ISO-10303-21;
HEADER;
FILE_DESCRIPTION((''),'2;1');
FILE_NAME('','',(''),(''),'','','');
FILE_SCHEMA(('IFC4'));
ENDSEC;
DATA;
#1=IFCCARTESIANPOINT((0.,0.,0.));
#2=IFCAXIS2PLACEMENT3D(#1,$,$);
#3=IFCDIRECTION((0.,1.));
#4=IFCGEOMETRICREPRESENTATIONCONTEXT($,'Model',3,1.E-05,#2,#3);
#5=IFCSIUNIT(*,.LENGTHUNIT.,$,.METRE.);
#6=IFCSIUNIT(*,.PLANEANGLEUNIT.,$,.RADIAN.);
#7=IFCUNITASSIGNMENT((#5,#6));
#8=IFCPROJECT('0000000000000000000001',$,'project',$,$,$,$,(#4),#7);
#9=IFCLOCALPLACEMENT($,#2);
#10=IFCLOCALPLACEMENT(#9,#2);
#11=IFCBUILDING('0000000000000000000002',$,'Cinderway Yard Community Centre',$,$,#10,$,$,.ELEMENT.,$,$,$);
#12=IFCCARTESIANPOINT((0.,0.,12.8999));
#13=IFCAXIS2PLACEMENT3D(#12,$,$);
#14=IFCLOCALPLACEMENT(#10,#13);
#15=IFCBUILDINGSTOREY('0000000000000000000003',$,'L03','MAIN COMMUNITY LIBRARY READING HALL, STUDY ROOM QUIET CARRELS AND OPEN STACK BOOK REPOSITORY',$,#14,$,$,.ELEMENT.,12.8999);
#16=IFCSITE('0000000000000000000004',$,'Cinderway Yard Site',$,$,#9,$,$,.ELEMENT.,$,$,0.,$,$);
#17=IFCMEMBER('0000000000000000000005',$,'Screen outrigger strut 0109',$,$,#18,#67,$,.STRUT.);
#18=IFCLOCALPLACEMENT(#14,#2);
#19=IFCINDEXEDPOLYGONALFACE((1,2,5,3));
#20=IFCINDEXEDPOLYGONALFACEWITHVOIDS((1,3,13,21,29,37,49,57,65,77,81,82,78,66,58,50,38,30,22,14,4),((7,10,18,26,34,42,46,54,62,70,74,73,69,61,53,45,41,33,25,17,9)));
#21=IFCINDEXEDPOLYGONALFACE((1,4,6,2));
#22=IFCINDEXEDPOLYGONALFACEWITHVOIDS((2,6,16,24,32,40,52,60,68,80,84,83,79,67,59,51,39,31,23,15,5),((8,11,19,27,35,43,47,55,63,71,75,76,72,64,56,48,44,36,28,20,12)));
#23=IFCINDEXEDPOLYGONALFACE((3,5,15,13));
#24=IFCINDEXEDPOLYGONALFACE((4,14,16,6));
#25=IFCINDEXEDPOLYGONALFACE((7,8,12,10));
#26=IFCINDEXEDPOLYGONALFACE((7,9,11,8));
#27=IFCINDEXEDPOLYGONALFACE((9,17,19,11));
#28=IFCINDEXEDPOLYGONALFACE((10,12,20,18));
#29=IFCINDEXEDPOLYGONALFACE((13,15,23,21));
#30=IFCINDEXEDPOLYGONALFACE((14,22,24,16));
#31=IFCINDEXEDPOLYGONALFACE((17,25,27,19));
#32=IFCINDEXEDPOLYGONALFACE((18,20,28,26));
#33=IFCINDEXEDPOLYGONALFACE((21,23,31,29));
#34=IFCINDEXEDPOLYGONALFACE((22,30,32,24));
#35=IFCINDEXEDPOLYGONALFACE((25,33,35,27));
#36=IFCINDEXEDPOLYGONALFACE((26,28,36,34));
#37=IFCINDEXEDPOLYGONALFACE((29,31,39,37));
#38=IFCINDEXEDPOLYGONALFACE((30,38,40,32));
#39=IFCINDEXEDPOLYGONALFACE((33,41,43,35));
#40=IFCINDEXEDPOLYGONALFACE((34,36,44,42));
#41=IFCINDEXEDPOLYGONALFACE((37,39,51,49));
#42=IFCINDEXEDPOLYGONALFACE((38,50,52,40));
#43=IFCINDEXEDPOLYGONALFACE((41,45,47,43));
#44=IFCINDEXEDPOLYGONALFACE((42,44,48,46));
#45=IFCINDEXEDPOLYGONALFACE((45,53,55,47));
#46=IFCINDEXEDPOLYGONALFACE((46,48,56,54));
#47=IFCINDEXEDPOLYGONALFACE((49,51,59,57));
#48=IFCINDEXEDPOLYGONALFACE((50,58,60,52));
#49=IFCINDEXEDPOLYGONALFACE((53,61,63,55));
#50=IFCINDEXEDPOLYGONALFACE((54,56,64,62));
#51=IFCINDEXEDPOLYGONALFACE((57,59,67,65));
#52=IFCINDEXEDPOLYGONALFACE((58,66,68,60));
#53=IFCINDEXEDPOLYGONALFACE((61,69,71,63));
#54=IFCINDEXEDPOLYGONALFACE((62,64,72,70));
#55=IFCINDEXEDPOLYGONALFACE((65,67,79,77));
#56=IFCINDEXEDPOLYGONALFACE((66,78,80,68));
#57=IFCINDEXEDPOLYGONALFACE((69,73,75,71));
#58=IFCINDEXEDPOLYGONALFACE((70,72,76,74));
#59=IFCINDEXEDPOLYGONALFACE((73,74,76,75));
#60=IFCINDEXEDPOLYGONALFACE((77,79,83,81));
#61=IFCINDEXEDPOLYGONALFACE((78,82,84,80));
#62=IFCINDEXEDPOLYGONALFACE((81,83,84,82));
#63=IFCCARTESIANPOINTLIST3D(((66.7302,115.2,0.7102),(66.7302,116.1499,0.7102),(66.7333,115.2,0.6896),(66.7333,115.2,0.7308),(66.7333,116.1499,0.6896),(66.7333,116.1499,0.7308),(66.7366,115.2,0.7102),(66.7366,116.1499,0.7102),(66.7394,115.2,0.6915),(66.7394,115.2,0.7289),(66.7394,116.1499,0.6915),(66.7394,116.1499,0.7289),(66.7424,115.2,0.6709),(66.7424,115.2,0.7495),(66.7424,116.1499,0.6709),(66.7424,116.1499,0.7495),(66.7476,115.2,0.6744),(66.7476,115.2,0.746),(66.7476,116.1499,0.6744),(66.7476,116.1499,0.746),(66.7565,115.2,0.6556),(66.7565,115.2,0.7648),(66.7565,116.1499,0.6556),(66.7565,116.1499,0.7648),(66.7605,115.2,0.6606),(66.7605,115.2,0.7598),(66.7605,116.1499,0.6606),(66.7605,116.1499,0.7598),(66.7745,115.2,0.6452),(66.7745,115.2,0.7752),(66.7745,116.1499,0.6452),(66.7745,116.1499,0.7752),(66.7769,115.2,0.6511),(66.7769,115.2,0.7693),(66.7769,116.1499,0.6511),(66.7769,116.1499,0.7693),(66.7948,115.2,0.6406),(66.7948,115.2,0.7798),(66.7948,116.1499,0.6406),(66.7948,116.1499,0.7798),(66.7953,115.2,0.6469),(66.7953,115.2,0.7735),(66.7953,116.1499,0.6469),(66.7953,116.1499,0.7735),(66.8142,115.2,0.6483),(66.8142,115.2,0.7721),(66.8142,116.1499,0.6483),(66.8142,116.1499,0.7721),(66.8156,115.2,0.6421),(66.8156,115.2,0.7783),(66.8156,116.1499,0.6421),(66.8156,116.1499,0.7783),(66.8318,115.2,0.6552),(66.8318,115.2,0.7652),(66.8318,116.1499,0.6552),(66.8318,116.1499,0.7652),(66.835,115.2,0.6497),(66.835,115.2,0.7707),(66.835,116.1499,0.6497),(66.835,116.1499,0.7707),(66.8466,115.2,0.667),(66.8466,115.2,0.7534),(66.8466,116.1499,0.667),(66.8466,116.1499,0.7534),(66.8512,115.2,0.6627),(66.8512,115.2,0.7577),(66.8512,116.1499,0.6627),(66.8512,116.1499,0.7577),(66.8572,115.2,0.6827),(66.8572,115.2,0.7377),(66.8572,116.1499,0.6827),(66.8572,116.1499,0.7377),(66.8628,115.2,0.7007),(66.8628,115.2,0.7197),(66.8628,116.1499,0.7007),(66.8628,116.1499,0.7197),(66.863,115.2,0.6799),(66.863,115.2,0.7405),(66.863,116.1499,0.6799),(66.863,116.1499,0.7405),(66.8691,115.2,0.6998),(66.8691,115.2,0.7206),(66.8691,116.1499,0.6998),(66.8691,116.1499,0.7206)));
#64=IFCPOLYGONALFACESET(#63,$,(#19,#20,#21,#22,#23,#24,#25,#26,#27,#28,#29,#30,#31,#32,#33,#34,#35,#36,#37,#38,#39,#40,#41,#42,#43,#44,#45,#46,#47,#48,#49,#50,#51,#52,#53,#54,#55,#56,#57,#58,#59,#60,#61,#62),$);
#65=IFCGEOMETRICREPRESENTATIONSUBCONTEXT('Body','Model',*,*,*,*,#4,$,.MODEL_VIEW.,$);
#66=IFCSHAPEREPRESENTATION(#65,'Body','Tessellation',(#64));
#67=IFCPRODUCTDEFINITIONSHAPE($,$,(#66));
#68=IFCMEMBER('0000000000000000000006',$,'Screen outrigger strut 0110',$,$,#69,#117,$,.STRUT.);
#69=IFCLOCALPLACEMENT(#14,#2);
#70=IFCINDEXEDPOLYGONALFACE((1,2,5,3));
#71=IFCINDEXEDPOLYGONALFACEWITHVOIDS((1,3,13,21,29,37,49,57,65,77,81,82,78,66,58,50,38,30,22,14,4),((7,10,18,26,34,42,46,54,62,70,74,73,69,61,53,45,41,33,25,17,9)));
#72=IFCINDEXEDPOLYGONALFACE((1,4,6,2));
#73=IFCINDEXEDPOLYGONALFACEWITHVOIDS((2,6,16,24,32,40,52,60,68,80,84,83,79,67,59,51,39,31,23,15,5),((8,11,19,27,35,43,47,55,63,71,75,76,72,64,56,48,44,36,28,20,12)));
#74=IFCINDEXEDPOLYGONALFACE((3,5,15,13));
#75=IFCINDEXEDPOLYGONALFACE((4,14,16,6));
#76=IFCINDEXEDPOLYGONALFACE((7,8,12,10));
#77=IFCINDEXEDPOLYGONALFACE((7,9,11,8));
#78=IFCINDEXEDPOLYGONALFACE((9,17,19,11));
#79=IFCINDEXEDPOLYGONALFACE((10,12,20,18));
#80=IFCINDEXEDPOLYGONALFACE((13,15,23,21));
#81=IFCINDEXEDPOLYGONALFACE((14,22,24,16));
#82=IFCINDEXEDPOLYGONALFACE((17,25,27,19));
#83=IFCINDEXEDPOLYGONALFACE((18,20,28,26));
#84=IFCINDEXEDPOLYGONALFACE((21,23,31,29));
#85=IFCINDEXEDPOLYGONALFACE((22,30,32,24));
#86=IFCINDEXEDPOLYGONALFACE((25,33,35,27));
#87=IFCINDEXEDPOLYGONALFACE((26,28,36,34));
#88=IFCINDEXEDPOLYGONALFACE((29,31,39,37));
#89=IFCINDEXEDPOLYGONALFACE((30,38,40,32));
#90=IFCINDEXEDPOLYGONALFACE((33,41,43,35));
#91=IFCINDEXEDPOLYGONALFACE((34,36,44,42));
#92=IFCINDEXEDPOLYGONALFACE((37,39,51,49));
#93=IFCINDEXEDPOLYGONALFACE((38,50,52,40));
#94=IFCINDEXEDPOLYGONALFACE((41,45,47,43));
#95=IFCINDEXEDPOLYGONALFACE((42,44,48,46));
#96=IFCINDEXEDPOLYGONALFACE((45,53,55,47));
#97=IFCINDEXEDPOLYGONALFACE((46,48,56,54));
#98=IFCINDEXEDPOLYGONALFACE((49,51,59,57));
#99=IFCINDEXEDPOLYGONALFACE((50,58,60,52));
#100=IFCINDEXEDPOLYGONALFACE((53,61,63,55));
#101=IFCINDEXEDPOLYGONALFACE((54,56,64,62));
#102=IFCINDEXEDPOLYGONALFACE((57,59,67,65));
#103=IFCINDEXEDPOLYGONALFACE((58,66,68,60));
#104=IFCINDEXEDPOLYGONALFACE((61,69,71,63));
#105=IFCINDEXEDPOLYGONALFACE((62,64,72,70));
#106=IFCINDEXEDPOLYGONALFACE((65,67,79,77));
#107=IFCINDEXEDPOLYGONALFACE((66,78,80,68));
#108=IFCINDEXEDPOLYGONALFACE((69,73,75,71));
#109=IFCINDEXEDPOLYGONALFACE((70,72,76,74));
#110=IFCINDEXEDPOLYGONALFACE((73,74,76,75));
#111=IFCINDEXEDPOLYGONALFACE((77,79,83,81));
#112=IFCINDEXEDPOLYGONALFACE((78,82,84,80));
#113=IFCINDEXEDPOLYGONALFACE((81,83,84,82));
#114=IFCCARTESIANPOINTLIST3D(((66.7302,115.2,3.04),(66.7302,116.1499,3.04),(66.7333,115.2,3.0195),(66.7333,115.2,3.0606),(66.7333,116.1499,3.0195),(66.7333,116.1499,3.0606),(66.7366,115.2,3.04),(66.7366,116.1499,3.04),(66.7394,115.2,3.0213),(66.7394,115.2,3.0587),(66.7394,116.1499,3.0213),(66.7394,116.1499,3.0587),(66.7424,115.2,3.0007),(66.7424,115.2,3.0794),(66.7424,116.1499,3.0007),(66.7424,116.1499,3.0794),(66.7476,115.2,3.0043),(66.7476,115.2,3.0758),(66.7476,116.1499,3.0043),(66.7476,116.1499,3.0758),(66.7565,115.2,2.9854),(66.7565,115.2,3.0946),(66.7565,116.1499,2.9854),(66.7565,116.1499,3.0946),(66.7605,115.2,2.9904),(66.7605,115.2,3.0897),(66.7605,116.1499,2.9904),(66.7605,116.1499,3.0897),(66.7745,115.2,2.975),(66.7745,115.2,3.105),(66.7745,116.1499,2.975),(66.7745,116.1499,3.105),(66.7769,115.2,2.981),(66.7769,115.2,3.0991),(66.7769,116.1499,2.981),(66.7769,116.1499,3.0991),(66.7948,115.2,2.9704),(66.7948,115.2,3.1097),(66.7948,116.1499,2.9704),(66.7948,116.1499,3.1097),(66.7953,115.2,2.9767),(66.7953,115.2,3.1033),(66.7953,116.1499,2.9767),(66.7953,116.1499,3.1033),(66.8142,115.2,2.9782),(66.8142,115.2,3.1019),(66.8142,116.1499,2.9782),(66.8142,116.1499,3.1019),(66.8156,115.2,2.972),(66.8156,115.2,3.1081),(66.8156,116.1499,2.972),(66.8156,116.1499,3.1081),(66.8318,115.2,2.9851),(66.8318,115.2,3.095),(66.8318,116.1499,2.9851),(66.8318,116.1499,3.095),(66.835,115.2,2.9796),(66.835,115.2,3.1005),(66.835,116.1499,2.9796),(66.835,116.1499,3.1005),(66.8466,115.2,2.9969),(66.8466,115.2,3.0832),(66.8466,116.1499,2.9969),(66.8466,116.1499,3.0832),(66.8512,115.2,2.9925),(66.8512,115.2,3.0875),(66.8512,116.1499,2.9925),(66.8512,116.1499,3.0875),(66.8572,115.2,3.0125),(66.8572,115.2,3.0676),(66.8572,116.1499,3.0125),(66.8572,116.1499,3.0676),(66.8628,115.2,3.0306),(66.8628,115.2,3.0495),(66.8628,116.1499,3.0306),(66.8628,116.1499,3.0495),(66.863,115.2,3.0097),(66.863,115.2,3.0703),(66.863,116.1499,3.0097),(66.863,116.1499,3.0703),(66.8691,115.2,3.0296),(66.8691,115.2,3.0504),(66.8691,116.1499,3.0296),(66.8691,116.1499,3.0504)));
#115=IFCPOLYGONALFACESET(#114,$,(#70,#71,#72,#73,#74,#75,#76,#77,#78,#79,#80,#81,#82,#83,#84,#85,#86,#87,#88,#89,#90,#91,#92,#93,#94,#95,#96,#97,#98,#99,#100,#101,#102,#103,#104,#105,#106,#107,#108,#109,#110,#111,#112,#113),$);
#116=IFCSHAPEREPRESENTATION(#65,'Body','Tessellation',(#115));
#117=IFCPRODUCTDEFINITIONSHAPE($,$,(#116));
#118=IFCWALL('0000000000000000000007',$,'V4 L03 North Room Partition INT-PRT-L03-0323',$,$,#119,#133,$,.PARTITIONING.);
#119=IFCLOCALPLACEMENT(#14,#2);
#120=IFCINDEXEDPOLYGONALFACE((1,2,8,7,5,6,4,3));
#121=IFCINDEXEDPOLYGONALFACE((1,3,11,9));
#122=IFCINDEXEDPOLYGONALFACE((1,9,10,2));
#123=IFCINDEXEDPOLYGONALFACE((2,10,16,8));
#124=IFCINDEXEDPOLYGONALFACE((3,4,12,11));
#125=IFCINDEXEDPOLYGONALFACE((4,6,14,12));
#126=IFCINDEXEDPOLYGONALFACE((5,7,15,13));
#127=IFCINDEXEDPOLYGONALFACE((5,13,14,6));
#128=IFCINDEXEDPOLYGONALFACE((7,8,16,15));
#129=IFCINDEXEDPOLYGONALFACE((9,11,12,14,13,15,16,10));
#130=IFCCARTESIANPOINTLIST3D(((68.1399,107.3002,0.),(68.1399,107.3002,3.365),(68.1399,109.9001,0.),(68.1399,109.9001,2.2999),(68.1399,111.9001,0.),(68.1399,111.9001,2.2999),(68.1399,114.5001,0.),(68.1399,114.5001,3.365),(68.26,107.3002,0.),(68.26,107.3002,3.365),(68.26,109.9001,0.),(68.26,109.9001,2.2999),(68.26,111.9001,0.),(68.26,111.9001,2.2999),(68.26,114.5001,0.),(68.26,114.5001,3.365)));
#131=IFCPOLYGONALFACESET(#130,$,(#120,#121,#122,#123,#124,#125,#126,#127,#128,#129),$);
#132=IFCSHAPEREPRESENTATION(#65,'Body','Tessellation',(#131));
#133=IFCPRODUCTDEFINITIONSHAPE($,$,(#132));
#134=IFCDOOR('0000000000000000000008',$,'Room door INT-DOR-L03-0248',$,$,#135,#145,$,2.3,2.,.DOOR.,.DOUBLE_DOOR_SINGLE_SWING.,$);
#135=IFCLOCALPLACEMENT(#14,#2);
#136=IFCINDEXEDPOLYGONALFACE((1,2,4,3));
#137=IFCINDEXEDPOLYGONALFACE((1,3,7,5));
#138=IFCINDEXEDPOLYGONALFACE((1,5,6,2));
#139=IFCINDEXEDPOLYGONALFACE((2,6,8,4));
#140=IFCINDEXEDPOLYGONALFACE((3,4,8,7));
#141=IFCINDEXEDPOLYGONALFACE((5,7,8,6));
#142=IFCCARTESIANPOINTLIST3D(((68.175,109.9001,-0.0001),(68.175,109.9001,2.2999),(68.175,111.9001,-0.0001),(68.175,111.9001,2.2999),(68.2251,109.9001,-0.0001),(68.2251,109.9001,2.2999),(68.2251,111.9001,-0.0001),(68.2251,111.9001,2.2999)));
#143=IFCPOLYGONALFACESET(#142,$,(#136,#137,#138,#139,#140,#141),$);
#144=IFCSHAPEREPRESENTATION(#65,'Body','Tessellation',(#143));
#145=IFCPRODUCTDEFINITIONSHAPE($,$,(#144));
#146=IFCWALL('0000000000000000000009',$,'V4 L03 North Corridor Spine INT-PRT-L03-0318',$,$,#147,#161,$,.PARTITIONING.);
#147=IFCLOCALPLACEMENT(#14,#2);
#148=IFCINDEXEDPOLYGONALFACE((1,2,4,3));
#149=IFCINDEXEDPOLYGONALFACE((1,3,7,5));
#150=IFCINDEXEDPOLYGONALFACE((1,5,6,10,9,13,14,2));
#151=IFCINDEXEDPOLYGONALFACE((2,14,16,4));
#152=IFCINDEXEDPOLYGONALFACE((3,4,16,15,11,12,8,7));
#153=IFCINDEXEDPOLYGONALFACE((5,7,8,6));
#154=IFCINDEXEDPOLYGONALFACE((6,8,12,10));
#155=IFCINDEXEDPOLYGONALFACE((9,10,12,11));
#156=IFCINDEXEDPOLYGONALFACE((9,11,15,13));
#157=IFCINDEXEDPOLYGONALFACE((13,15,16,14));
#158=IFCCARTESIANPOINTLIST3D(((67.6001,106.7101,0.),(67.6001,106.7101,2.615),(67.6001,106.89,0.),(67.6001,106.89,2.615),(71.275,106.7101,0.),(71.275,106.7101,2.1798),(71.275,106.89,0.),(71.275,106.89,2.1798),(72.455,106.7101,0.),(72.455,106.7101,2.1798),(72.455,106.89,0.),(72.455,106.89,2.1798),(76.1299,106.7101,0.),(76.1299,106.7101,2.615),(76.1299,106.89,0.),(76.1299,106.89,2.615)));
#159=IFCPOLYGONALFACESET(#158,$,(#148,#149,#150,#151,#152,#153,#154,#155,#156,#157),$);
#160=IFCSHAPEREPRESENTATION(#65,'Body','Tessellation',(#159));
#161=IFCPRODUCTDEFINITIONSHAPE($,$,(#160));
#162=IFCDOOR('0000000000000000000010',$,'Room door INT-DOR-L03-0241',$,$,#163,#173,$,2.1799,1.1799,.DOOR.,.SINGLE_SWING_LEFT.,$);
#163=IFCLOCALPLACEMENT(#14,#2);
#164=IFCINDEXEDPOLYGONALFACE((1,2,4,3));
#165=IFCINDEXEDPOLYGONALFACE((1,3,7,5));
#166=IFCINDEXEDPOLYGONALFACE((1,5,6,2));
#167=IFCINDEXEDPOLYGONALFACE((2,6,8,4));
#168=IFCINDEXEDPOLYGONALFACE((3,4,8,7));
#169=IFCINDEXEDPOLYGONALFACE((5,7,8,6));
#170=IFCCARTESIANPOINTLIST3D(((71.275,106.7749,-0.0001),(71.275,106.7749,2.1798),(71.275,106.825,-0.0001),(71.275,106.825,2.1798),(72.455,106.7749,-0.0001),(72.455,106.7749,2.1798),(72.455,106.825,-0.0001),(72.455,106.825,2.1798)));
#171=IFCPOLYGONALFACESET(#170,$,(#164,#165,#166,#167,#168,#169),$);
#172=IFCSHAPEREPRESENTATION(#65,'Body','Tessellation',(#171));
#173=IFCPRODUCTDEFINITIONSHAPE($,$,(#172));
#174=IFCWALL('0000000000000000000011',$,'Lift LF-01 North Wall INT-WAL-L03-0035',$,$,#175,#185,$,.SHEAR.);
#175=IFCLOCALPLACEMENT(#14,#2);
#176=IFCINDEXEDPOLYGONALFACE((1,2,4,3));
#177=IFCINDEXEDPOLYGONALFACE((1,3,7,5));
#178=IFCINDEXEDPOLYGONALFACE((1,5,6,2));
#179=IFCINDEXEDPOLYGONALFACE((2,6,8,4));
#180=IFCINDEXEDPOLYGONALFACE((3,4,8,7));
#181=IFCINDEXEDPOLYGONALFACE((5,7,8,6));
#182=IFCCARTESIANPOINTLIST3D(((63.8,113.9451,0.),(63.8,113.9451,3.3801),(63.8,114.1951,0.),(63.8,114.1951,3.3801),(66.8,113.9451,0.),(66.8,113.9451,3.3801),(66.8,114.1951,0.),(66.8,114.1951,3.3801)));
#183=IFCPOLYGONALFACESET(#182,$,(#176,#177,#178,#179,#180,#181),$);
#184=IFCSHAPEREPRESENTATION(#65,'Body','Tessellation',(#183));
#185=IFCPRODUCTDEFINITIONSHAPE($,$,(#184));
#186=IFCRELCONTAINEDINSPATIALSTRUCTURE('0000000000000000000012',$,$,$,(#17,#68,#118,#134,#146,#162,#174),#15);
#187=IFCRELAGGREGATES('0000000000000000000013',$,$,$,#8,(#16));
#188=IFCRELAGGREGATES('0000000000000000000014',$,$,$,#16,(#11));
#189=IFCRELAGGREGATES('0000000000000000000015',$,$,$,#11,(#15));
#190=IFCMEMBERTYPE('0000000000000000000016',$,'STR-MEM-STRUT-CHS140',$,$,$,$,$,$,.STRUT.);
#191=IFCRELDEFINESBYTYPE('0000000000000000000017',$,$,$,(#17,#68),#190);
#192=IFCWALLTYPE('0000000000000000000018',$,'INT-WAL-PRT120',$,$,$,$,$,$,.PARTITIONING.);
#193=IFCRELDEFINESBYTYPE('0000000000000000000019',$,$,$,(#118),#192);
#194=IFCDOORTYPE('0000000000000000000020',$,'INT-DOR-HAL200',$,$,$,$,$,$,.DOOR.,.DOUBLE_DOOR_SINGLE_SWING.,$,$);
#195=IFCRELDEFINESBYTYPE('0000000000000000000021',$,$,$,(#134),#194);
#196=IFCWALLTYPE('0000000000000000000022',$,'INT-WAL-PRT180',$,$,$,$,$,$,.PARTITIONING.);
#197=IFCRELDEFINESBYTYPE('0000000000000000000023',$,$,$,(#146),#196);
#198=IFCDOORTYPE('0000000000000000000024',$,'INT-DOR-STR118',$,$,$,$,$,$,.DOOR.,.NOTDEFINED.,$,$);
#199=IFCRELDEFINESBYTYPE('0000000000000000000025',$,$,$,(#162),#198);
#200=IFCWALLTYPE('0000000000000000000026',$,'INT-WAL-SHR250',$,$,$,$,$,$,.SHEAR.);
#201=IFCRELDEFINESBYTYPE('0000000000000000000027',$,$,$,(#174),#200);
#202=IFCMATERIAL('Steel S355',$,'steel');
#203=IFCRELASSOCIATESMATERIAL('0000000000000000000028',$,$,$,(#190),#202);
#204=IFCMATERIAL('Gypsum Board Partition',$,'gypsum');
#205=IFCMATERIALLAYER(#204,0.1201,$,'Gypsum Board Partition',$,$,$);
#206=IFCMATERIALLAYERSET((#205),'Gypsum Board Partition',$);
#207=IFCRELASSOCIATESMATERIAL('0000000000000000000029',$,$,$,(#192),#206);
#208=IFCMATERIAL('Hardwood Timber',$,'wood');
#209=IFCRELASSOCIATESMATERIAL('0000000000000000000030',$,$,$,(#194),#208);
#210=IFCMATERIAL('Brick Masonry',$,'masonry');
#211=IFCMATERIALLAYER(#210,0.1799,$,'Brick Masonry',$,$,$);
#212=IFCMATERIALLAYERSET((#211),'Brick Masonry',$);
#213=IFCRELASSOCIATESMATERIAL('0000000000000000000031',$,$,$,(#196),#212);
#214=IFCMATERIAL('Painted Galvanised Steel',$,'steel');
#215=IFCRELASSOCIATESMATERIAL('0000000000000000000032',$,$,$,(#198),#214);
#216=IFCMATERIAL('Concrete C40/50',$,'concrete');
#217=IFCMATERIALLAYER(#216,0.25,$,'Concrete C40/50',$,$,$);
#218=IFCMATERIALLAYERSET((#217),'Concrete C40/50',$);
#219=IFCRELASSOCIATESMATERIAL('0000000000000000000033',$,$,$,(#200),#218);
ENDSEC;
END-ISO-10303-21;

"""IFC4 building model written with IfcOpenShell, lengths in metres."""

from ifc_helpers import new_model, si_unit, direction, frame, frame_2d, origin, origin_2d, place, context, subcontext, project, spatial, rectangle, hollow_circle, extrude, material, layer, layer_set, material_profile, profile_set, type_object, element, fill, save


model = new_model("IFC4")

# Units and contexts
model_context = context("Model", 3, precision=1e-05, world=origin(), true_north=direction((0.0, 1.0)))
body_context = subcontext(model_context, "Body", "Model", "MODEL_VIEW")
ifc_project = project(units=[si_unit("LENGTHUNIT", "METRE"), si_unit("PLANEANGLEUNIT", "RADIAN")], contexts=[model_context])

# Site, building, storey
site_placement = place(None, origin())
site = spatial("IfcSite", under=ifc_project, at=site_placement, Name="Cinderway Yard Site", CompositionType="ELEMENT", RefElevation=0.0)
building_placement = place(site_placement, origin())
building = spatial("IfcBuilding", under=site, at=building_placement, Name="Cinderway Yard Community Centre", CompositionType="ELEMENT")
storey_placement = place(building_placement, frame((0.0, 0.0, 12.8999)))
storey = spatial("IfcBuildingStorey", under=building, at=storey_placement, Name="L03", Description="MAIN COMMUNITY LIBRARY READING HALL, STUDY ROOM QUIET CARRELS AND OPEN STACK BOOK REPOSITORY", CompositionType="ELEMENT", Elevation=12.8999)

# Shared definitions
ifc_material_1 = material(Name="Concrete C40/50", Category="concrete")

# Members
ifc_material_2 = material(Name="Steel S355", Category="steel")
ifc_material_profile_1 = material_profile(ifc_material_2, hollow_circle(Radius=0.0698, WallThickness=0.0063, at=origin_2d()), Name="Steel S355")
ifc_profile_set_1 = profile_set([ifc_material_profile_1], Name="Steel S355")
member_type_1 = type_object("IfcMemberType", Name="STR-MEM-STRUT-CHS140", PredefinedType="STRUT", material=ifc_profile_set_1)
for number, where, z_axis, x_axis, name in (
    (1, (66.8, 115.2, 0.7102), (0.0, 1.0, 0.0), (-1.0, 0.0, 0.0), "Screen outrigger strut 0109"),
    (2, (66.8, 115.2, 3.04), (0.0, 1.0, 0.0), (-1.0, 0.0, 0.0), "Screen outrigger strut 0110"),
):
    element("IfcMember", number, at=place(storey_placement, frame(where, z_axis=z_axis, x_axis=x_axis)), inside=storey, type_object=member_type_1, Name=name, PredefinedType="STRUT", context=body_context, shape_type="SweptSolid", body=[
        extrude(hollow_circle(Radius=0.0698, WallThickness=0.0063, at=origin_2d()), origin(), (0.0, 0.0, 1.0), 0.95),
    ])

# Walls, openings, doors
ifc_material_3 = material(Name="Gypsum Board Partition", Category="gypsum")
ifc_layer_1 = layer(ifc_material_3, 0.1201, Name="Gypsum Board Partition")
ifc_layer_set_1 = layer_set([ifc_layer_1], Name="Gypsum Board Partition")
wall_type_1 = type_object("IfcWallType", Name="INT-WAL-PRT120", PredefinedType="PARTITIONING", material=ifc_layer_set_1)
wall_1_placement = place(storey_placement, frame((68.2, 107.3, 0.0), z_axis=(0.0, 0.0, 1.0), x_axis=(0.0, 1.0, 0.0)))
wall_1 = element("IfcWall", 3, at=wall_1_placement, inside=storey, type_object=wall_type_1, Name="V4 L03 North Room Partition INT-PRT-L03-0323", PredefinedType="PARTITIONING", context=body_context, shape_type="SweptSolid", body=[
    extrude(rectangle(XDim=7.2, YDim=0.1201, at=frame_2d((3.6001, 0.0))), origin(), (0.0, 0.0, 1.0), 3.365),
])
opening_1_placement = place(wall_1_placement, frame((2.6001, 0.0, 0.0)))
opening_1 = element("IfcOpeningElement", 4, at=opening_1_placement, cuts=wall_1, PredefinedType="OPENING", context=body_context, shape_type="SweptSolid", body=[
    extrude(rectangle(XDim=2.0, YDim=2.3, at=frame_2d((1.0, 1.1499))), frame((0.0, 0.0701, 0.0), z_axis=(0.0, -1.0, 0.0), x_axis=(1.0, 0.0, 0.0)), (0.0, 0.0, 1.0), 0.1401),
])
ifc_material_4 = material(Name="Hardwood Timber", Category="wood")
door_type_1 = type_object("IfcDoorType", Name="INT-DOR-HAL200", OperationType="DOUBLE_DOOR_SINGLE_SWING", PredefinedType="DOOR", material=ifc_material_4)
door_1_placement = place(opening_1_placement, origin())
door_1 = element("IfcDoor", 5, at=door_1_placement, inside=storey, type_object=door_type_1, Name="Room door INT-DOR-L03-0248", OperationType="DOUBLE_DOOR_SINGLE_SWING", OverallHeight=2.3, OverallWidth=2.0, PredefinedType="DOOR", context=body_context, shape_type="SweptSolid", body=[
    extrude(rectangle(XDim=2.0, YDim=2.3, at=frame_2d((1.0, 1.1499))), frame((0.0, 0.0249, 0.0), z_axis=(0.0, -1.0, 0.0), x_axis=(1.0, 0.0, 0.0)), (0.0, 0.0, 1.0), 0.05),
])
fill(opening_1, door_1)
ifc_material_5 = material(Name="Brick Masonry", Category="masonry")
ifc_layer_2 = layer(ifc_material_5, 0.1799, Name="Brick Masonry")
ifc_layer_set_2 = layer_set([ifc_layer_2], Name="Brick Masonry")
wall_type_2 = type_object("IfcWallType", Name="INT-WAL-PRT180", PredefinedType="PARTITIONING", material=ifc_layer_set_2)
wall_2_placement = place(storey_placement, frame((67.6001, 106.8, 0.0), z_axis=(0.0, 0.0, 1.0), x_axis=(1.0, 0.0, 0.0)))
wall_2 = element("IfcWall", 6, at=wall_2_placement, inside=storey, type_object=wall_type_2, Name="V4 L03 North Corridor Spine INT-PRT-L03-0318", PredefinedType="PARTITIONING", context=body_context, shape_type="SweptSolid", body=[
    extrude(rectangle(XDim=8.5298, YDim=0.1799, at=frame_2d((4.2649, 0.0))), origin(), (0.0, 0.0, 1.0), 2.615),
])
opening_2_placement = place(wall_2_placement, frame((3.675, 0.0, 0.0)))
opening_2 = element("IfcOpeningElement", 7, at=opening_2_placement, cuts=wall_2, PredefinedType="OPENING", context=body_context, shape_type="SweptSolid", body=[
    extrude(rectangle(XDim=1.1799, YDim=2.1799, at=frame_2d((0.5898, 1.0898))), frame((0.0, 0.0999, 0.0), z_axis=(0.0, -1.0, 0.0), x_axis=(1.0, 0.0, 0.0)), (0.0, 0.0, 1.0), 0.2),
])
ifc_material_6 = material(Name="Painted Galvanised Steel", Category="steel")
door_type_2 = type_object("IfcDoorType", Name="INT-DOR-STR118", OperationType="NOTDEFINED", PredefinedType="DOOR", material=ifc_material_6)
door_2_placement = place(opening_2_placement, origin())
door_2 = element("IfcDoor", 8, at=door_2_placement, inside=storey, type_object=door_type_2, Name="Room door INT-DOR-L03-0241", OperationType="SINGLE_SWING_LEFT", OverallHeight=2.1799, OverallWidth=1.1799, PredefinedType="DOOR", context=body_context, shape_type="SweptSolid", body=[
    extrude(rectangle(XDim=1.1799, YDim=2.1799, at=frame_2d((0.5898, 1.0898))), frame((0.0, 0.0249, 0.0), z_axis=(0.0, -1.0, 0.0), x_axis=(1.0, 0.0, 0.0)), (0.0, 0.0, 1.0), 0.05),
])
fill(opening_2, door_2)

# Wall
ifc_layer_3 = layer(ifc_material_1, 0.25, Name="Concrete C40/50")
ifc_layer_set_3 = layer_set([ifc_layer_3], Name="Concrete C40/50")
wall_type_3 = type_object("IfcWallType", Name="INT-WAL-SHR250", PredefinedType="SHEAR", material=ifc_layer_set_3)
wall_3_placement = place(storey_placement, frame((66.8, 114.0701, 0.0), z_axis=(0.0, 0.0, 1.0), x_axis=(-1.0, 0.0, 0.0)))
element("IfcWall", 9, at=wall_3_placement, inside=storey, type_object=wall_type_3, Name="Lift LF-01 North Wall INT-WAL-L03-0035", PredefinedType="SHEAR", context=body_context, shape_type="SweptSolid", body=[
    extrude(rectangle(XDim=3.0, YDim=0.25, at=frame_2d((1.5, 0.0))), origin(), (0.0, 0.0, 1.0), 3.3801),
])

save(model, "model.ifc")
